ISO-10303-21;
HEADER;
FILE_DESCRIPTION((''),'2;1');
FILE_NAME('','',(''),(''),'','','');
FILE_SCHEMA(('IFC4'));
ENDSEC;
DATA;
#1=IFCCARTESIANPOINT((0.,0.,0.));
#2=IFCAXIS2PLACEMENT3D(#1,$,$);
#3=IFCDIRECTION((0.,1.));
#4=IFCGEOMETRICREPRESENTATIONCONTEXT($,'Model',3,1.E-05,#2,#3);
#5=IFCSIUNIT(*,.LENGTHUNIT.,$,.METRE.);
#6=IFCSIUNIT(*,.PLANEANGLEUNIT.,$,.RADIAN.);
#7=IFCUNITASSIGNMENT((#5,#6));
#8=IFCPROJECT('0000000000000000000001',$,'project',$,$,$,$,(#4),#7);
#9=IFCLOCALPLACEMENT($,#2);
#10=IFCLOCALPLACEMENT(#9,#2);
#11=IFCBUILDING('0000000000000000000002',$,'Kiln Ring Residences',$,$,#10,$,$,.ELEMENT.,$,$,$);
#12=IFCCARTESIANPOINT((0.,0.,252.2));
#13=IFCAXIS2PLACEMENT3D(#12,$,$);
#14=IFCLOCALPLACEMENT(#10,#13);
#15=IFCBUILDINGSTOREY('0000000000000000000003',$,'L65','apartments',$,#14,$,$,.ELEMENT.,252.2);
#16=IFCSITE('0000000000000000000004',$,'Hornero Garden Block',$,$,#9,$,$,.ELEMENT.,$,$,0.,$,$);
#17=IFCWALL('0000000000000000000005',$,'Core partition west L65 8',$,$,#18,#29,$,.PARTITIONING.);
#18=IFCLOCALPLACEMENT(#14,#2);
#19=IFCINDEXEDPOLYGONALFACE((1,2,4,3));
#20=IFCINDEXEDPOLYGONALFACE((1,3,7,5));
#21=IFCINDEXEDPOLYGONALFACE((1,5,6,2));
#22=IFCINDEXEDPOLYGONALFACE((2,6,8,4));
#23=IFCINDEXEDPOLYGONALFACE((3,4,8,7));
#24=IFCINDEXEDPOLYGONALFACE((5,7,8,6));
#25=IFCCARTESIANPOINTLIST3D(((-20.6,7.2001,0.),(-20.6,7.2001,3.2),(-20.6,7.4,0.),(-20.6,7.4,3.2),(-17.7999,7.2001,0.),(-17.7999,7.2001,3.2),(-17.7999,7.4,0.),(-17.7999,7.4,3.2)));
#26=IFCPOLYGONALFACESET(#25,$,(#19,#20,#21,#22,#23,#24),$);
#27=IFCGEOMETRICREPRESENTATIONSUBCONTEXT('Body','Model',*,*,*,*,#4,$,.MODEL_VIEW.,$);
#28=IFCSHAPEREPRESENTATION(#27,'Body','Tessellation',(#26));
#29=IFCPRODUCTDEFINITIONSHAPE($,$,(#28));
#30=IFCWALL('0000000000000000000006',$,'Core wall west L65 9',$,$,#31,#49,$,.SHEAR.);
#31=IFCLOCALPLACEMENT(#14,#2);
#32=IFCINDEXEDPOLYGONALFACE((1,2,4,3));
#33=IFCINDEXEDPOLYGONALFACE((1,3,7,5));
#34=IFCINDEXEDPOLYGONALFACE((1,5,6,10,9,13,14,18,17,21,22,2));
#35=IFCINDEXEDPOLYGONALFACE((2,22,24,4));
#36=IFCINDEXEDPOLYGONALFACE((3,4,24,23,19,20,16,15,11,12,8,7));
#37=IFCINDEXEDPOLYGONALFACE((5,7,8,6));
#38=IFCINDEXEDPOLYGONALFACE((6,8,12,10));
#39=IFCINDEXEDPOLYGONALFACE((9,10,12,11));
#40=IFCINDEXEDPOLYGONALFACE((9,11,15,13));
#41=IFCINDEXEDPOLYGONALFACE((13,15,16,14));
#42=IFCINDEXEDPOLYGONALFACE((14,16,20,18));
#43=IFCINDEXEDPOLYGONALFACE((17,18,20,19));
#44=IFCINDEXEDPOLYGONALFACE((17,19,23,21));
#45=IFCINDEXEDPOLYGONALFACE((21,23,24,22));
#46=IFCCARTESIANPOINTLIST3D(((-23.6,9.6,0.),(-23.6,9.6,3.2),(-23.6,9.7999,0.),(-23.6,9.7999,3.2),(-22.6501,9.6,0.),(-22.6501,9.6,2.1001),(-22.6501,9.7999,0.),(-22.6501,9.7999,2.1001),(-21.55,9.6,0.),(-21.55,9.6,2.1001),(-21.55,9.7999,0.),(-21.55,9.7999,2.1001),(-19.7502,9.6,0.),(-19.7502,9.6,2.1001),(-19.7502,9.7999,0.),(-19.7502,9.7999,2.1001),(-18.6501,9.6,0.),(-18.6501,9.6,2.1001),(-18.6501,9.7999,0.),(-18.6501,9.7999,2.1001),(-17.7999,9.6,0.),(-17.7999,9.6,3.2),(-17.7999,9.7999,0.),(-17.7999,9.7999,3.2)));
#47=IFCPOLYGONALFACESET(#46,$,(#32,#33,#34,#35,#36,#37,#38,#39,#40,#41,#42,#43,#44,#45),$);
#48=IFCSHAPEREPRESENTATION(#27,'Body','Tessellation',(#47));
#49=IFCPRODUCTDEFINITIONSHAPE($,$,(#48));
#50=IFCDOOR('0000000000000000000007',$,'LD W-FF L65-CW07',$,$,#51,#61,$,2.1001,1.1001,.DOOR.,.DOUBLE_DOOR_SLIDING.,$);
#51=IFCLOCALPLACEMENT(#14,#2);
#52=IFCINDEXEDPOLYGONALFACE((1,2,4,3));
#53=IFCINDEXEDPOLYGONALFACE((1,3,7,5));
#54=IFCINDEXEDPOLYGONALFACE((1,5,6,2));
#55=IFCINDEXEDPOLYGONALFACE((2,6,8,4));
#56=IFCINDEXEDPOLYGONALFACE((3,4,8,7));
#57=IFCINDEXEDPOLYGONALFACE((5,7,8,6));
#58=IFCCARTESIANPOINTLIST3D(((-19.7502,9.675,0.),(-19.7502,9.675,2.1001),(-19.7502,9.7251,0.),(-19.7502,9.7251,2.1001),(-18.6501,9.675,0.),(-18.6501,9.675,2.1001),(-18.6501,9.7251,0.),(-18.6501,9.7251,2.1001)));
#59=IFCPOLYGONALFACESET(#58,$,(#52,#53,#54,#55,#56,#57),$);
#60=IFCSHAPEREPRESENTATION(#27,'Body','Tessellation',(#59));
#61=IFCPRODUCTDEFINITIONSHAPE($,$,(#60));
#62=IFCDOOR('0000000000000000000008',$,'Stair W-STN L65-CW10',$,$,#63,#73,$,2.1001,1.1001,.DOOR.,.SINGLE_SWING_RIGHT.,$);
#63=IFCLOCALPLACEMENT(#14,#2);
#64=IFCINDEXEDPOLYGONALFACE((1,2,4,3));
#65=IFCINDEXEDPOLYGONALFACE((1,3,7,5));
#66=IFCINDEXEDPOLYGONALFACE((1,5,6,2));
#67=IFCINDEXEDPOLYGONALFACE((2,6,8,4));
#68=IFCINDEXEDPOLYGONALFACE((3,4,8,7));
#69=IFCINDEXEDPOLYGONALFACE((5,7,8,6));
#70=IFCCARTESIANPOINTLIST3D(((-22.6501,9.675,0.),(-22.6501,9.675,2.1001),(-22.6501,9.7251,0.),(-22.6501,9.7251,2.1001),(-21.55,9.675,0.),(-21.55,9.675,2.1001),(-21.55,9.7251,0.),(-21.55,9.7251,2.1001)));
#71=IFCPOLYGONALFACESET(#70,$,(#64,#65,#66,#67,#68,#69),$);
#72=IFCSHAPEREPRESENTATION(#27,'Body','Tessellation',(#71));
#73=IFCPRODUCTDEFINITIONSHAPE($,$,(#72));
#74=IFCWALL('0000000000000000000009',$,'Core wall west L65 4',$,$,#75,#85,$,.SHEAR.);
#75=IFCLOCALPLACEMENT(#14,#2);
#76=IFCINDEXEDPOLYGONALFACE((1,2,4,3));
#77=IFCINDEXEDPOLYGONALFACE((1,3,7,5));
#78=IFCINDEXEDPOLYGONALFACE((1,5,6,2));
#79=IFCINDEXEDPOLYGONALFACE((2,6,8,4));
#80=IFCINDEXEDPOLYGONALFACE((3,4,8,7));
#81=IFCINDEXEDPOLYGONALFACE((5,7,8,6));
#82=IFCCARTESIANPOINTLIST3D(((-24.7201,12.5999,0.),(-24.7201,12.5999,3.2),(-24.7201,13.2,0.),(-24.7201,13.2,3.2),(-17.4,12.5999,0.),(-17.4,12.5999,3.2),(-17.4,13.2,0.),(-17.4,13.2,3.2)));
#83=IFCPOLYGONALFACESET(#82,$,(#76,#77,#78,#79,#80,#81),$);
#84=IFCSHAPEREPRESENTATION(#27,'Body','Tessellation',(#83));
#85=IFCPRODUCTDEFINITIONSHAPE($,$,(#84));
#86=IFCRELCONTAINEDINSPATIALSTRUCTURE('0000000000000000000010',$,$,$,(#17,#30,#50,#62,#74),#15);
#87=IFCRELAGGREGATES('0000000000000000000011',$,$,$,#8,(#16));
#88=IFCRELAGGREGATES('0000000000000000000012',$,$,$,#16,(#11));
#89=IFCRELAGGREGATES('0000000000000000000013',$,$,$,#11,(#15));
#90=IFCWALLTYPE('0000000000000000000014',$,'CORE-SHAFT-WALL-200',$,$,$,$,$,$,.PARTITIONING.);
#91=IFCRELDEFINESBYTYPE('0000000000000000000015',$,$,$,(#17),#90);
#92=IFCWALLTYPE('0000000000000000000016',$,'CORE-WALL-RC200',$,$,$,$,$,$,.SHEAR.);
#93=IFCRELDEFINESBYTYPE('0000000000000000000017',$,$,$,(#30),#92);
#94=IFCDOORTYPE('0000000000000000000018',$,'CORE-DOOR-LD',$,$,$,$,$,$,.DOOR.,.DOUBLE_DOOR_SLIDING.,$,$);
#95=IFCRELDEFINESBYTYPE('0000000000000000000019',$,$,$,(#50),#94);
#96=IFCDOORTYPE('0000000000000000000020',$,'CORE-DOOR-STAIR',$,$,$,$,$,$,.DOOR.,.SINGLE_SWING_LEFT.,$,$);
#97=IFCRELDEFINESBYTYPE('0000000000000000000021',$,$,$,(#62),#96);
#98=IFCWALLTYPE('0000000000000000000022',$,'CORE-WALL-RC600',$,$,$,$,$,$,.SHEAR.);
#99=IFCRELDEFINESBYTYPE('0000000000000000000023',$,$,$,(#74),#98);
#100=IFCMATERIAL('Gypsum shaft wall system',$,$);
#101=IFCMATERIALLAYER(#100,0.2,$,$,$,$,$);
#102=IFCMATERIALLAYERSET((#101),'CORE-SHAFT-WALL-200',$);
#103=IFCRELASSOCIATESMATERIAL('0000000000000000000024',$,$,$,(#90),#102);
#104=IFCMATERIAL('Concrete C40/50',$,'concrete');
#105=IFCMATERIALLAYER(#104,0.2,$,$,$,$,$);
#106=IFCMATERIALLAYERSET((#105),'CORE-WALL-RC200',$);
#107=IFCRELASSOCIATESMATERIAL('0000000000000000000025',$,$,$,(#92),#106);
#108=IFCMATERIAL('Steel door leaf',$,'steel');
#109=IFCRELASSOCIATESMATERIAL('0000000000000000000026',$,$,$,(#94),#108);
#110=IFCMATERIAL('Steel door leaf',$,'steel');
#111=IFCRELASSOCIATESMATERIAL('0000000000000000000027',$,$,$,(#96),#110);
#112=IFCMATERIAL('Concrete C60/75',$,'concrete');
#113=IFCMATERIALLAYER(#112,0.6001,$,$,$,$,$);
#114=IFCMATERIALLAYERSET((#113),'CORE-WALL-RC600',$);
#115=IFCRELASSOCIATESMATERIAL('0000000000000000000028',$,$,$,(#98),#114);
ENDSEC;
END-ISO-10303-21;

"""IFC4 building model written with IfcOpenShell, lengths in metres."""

from ifc_helpers import new_model, si_unit, direction, frame, frame_2d, origin, place, context, subcontext, project, spatial, rectangle, extrude, material, layer, layer_set, type_object, element, fill, save


model = new_model("IFC4")

# Units and contexts
model_context = context("Model", 3, precision=1e-05, world=origin(), true_north=direction((0.0, 1.0)))
body_context = subcontext(model_context, "Body", "Model", "MODEL_VIEW")
ifc_project = project(units=[si_unit("LENGTHUNIT", "METRE"), si_unit("PLANEANGLEUNIT", "RADIAN")], contexts=[model_context])

# Site, building, storey
site_placement = place(None, origin())
site = spatial("IfcSite", under=ifc_project, at=site_placement, Name="Hornero Garden Block", CompositionType="ELEMENT", RefElevation=0.0)
building_placement = place(site_placement, origin())
building = spatial("IfcBuilding", under=site, at=building_placement, Name="Kiln Ring Residences", CompositionType="ELEMENT")
storey_placement = place(building_placement, frame((0.0, 0.0, 252.2)))
storey = spatial("IfcBuildingStorey", under=building, at=storey_placement, Name="L65", Description="apartments", CompositionType="ELEMENT", Elevation=252.2)

# Wall
ifc_material_1 = material(Name="Gypsum shaft wall system")
ifc_layer_1 = layer(ifc_material_1, 0.2)
ifc_layer_set_1 = layer_set([ifc_layer_1], Name="CORE-SHAFT-WALL-200")
wall_type_1 = type_object("IfcWallType", Name="CORE-SHAFT-WALL-200", PredefinedType="PARTITIONING", material=ifc_layer_set_1)
wall_1_placement = place(storey_placement, frame((-17.8, 7.3, 0.0), z_axis=(0.0, 0.0, 1.0), x_axis=(-1.0, 0.0, 0.0)))
element("IfcWall", 1, at=wall_1_placement, inside=storey, type_object=wall_type_1, Name="Core partition west L65 8", PredefinedType="PARTITIONING", context=body_context, shape_type="SweptSolid", body=[
    extrude(rectangle(XDim=2.8, YDim=0.2, at=frame_2d((1.3999, 0.0))), origin(), (0.0, 0.0, 1.0), 3.2),
])

# Wall, openings, doors
ifc_material_2 = material(Name="Concrete C40/50", Category="concrete")
ifc_layer_2 = layer(ifc_material_2, 0.2)
ifc_layer_set_2 = layer_set([ifc_layer_2], Name="CORE-WALL-RC200")
wall_type_2 = type_object("IfcWallType", Name="CORE-WALL-RC200", PredefinedType="SHEAR", material=ifc_layer_set_2)
wall_2_placement = place(storey_placement, frame((-17.8, 9.7, 0.0), z_axis=(0.0, 0.0, 1.0), x_axis=(-1.0, 0.0, 0.0)))
wall_2 = element("IfcWall", 2, at=wall_2_placement, inside=storey, type_object=wall_type_2, Name="Core wall west L65 9", PredefinedType="SHEAR", context=body_context, shape_type="SweptSolid", body=[
    extrude(rectangle(XDim=5.8, YDim=0.2, at=frame_2d((2.8999, 0.0))), origin(), (0.0, 0.0, 1.0), 3.2),
])
opening_1_placement = place(wall_2_placement, frame((0.8501, 0.0, 0.0)))
opening_1 = element("IfcOpeningElement", 3, at=opening_1_placement, cuts=wall_2, PredefinedType="OPENING", context=body_context, shape_type="SweptSolid", body=[
    extrude(rectangle(XDim=1.1001, YDim=2.1001, at=frame_2d((0.55, 1.05))), frame((0.0, 0.1099, 0.0), z_axis=(0.0, -1.0, 0.0), x_axis=(1.0, 0.0, 0.0)), (0.0, 0.0, 1.0), 0.22),
])
opening_2_placement = place(wall_2_placement, frame((3.75, 0.0, 0.0)))
opening_2 = element("IfcOpeningElement", 4, at=opening_2_placement, cuts=wall_2, PredefinedType="OPENING", context=body_context, shape_type="SweptSolid", body=[
    extrude(rectangle(XDim=1.1001, YDim=2.1001, at=frame_2d((0.55, 1.05))), frame((0.0, 0.1099, 0.0), z_axis=(0.0, -1.0, 0.0), x_axis=(1.0, 0.0, 0.0)), (0.0, 0.0, 1.0), 0.22),
])
ifc_material_3 = material(Name="Steel door leaf", Category="steel")
door_type_1 = type_object("IfcDoorType", Name="CORE-DOOR-LD", OperationType="DOUBLE_DOOR_SLIDING", PredefinedType="DOOR", material=ifc_material_3)
door_1_placement = place(opening_1_placement, origin())
door_1 = element("IfcDoor", 5, at=door_1_placement, inside=storey, type_object=door_type_1, Name="LD W-FF L65-CW07", OperationType="DOUBLE_DOOR_SLIDING", OverallHeight=2.1001, OverallWidth=1.1001, PredefinedType="DOOR", context=body_context, shape_type="SweptSolid", body=[
    extrude(rectangle(XDim=1.1001, YDim=2.1001, at=frame_2d((0.55, 1.05))), frame((0.0, 0.0249, 0.0), z_axis=(0.0, -1.0, 0.0), x_axis=(1.0, 0.0, 0.0)), (0.0, 0.0, 1.0), 0.05),
])
fill(opening_1, door_1)
ifc_material_4 = material(Name="Steel door leaf", Category="steel")
door_type_2 = type_object("IfcDoorType", Name="CORE-DOOR-STAIR", OperationType="SINGLE_SWING_LEFT", PredefinedType="DOOR", material=ifc_material_4)
door_2_placement = place(opening_2_placement, origin())
door_2 = element("IfcDoor", 6, at=door_2_placement, inside=storey, type_object=door_type_2, Name="Stair W-STN L65-CW10", OperationType="SINGLE_SWING_RIGHT", OverallHeight=2.1001, OverallWidth=1.1001, PredefinedType="DOOR", context=body_context, shape_type="SweptSolid", body=[
    extrude(rectangle(XDim=1.1001, YDim=2.1001, at=frame_2d((0.55, 1.05))), frame((0.0, 0.0249, 0.0), z_axis=(0.0, -1.0, 0.0), x_axis=(1.0, 0.0, 0.0)), (0.0, 0.0, 1.0), 0.05),
])
fill(opening_2, door_2)

# Wall
ifc_material_5 = material(Name="Concrete C60/75", Category="concrete")
ifc_layer_3 = layer(ifc_material_5, 0.6001)
ifc_layer_set_3 = layer_set([ifc_layer_3], Name="CORE-WALL-RC600")
wall_type_3 = type_object("IfcWallType", Name="CORE-WALL-RC600", PredefinedType="SHEAR", material=ifc_layer_set_3)
wall_3_placement = place(storey_placement, frame((-17.3999, 12.8999, 0.0), z_axis=(0.0, 0.0, 1.0), x_axis=(-1.0, 0.0, 0.0)))
element("IfcWall", 7, at=wall_3_placement, inside=storey, type_object=wall_type_3, Name="Core wall west L65 4", PredefinedType="SHEAR", context=body_context, shape_type="SweptSolid", body=[
    extrude(rectangle(XDim=7.3201, YDim=0.6001, at=frame_2d((3.6602, 0.0))), origin(), (0.0, 0.0, 1.0), 3.2),
])

save(model, "model.ifc")
